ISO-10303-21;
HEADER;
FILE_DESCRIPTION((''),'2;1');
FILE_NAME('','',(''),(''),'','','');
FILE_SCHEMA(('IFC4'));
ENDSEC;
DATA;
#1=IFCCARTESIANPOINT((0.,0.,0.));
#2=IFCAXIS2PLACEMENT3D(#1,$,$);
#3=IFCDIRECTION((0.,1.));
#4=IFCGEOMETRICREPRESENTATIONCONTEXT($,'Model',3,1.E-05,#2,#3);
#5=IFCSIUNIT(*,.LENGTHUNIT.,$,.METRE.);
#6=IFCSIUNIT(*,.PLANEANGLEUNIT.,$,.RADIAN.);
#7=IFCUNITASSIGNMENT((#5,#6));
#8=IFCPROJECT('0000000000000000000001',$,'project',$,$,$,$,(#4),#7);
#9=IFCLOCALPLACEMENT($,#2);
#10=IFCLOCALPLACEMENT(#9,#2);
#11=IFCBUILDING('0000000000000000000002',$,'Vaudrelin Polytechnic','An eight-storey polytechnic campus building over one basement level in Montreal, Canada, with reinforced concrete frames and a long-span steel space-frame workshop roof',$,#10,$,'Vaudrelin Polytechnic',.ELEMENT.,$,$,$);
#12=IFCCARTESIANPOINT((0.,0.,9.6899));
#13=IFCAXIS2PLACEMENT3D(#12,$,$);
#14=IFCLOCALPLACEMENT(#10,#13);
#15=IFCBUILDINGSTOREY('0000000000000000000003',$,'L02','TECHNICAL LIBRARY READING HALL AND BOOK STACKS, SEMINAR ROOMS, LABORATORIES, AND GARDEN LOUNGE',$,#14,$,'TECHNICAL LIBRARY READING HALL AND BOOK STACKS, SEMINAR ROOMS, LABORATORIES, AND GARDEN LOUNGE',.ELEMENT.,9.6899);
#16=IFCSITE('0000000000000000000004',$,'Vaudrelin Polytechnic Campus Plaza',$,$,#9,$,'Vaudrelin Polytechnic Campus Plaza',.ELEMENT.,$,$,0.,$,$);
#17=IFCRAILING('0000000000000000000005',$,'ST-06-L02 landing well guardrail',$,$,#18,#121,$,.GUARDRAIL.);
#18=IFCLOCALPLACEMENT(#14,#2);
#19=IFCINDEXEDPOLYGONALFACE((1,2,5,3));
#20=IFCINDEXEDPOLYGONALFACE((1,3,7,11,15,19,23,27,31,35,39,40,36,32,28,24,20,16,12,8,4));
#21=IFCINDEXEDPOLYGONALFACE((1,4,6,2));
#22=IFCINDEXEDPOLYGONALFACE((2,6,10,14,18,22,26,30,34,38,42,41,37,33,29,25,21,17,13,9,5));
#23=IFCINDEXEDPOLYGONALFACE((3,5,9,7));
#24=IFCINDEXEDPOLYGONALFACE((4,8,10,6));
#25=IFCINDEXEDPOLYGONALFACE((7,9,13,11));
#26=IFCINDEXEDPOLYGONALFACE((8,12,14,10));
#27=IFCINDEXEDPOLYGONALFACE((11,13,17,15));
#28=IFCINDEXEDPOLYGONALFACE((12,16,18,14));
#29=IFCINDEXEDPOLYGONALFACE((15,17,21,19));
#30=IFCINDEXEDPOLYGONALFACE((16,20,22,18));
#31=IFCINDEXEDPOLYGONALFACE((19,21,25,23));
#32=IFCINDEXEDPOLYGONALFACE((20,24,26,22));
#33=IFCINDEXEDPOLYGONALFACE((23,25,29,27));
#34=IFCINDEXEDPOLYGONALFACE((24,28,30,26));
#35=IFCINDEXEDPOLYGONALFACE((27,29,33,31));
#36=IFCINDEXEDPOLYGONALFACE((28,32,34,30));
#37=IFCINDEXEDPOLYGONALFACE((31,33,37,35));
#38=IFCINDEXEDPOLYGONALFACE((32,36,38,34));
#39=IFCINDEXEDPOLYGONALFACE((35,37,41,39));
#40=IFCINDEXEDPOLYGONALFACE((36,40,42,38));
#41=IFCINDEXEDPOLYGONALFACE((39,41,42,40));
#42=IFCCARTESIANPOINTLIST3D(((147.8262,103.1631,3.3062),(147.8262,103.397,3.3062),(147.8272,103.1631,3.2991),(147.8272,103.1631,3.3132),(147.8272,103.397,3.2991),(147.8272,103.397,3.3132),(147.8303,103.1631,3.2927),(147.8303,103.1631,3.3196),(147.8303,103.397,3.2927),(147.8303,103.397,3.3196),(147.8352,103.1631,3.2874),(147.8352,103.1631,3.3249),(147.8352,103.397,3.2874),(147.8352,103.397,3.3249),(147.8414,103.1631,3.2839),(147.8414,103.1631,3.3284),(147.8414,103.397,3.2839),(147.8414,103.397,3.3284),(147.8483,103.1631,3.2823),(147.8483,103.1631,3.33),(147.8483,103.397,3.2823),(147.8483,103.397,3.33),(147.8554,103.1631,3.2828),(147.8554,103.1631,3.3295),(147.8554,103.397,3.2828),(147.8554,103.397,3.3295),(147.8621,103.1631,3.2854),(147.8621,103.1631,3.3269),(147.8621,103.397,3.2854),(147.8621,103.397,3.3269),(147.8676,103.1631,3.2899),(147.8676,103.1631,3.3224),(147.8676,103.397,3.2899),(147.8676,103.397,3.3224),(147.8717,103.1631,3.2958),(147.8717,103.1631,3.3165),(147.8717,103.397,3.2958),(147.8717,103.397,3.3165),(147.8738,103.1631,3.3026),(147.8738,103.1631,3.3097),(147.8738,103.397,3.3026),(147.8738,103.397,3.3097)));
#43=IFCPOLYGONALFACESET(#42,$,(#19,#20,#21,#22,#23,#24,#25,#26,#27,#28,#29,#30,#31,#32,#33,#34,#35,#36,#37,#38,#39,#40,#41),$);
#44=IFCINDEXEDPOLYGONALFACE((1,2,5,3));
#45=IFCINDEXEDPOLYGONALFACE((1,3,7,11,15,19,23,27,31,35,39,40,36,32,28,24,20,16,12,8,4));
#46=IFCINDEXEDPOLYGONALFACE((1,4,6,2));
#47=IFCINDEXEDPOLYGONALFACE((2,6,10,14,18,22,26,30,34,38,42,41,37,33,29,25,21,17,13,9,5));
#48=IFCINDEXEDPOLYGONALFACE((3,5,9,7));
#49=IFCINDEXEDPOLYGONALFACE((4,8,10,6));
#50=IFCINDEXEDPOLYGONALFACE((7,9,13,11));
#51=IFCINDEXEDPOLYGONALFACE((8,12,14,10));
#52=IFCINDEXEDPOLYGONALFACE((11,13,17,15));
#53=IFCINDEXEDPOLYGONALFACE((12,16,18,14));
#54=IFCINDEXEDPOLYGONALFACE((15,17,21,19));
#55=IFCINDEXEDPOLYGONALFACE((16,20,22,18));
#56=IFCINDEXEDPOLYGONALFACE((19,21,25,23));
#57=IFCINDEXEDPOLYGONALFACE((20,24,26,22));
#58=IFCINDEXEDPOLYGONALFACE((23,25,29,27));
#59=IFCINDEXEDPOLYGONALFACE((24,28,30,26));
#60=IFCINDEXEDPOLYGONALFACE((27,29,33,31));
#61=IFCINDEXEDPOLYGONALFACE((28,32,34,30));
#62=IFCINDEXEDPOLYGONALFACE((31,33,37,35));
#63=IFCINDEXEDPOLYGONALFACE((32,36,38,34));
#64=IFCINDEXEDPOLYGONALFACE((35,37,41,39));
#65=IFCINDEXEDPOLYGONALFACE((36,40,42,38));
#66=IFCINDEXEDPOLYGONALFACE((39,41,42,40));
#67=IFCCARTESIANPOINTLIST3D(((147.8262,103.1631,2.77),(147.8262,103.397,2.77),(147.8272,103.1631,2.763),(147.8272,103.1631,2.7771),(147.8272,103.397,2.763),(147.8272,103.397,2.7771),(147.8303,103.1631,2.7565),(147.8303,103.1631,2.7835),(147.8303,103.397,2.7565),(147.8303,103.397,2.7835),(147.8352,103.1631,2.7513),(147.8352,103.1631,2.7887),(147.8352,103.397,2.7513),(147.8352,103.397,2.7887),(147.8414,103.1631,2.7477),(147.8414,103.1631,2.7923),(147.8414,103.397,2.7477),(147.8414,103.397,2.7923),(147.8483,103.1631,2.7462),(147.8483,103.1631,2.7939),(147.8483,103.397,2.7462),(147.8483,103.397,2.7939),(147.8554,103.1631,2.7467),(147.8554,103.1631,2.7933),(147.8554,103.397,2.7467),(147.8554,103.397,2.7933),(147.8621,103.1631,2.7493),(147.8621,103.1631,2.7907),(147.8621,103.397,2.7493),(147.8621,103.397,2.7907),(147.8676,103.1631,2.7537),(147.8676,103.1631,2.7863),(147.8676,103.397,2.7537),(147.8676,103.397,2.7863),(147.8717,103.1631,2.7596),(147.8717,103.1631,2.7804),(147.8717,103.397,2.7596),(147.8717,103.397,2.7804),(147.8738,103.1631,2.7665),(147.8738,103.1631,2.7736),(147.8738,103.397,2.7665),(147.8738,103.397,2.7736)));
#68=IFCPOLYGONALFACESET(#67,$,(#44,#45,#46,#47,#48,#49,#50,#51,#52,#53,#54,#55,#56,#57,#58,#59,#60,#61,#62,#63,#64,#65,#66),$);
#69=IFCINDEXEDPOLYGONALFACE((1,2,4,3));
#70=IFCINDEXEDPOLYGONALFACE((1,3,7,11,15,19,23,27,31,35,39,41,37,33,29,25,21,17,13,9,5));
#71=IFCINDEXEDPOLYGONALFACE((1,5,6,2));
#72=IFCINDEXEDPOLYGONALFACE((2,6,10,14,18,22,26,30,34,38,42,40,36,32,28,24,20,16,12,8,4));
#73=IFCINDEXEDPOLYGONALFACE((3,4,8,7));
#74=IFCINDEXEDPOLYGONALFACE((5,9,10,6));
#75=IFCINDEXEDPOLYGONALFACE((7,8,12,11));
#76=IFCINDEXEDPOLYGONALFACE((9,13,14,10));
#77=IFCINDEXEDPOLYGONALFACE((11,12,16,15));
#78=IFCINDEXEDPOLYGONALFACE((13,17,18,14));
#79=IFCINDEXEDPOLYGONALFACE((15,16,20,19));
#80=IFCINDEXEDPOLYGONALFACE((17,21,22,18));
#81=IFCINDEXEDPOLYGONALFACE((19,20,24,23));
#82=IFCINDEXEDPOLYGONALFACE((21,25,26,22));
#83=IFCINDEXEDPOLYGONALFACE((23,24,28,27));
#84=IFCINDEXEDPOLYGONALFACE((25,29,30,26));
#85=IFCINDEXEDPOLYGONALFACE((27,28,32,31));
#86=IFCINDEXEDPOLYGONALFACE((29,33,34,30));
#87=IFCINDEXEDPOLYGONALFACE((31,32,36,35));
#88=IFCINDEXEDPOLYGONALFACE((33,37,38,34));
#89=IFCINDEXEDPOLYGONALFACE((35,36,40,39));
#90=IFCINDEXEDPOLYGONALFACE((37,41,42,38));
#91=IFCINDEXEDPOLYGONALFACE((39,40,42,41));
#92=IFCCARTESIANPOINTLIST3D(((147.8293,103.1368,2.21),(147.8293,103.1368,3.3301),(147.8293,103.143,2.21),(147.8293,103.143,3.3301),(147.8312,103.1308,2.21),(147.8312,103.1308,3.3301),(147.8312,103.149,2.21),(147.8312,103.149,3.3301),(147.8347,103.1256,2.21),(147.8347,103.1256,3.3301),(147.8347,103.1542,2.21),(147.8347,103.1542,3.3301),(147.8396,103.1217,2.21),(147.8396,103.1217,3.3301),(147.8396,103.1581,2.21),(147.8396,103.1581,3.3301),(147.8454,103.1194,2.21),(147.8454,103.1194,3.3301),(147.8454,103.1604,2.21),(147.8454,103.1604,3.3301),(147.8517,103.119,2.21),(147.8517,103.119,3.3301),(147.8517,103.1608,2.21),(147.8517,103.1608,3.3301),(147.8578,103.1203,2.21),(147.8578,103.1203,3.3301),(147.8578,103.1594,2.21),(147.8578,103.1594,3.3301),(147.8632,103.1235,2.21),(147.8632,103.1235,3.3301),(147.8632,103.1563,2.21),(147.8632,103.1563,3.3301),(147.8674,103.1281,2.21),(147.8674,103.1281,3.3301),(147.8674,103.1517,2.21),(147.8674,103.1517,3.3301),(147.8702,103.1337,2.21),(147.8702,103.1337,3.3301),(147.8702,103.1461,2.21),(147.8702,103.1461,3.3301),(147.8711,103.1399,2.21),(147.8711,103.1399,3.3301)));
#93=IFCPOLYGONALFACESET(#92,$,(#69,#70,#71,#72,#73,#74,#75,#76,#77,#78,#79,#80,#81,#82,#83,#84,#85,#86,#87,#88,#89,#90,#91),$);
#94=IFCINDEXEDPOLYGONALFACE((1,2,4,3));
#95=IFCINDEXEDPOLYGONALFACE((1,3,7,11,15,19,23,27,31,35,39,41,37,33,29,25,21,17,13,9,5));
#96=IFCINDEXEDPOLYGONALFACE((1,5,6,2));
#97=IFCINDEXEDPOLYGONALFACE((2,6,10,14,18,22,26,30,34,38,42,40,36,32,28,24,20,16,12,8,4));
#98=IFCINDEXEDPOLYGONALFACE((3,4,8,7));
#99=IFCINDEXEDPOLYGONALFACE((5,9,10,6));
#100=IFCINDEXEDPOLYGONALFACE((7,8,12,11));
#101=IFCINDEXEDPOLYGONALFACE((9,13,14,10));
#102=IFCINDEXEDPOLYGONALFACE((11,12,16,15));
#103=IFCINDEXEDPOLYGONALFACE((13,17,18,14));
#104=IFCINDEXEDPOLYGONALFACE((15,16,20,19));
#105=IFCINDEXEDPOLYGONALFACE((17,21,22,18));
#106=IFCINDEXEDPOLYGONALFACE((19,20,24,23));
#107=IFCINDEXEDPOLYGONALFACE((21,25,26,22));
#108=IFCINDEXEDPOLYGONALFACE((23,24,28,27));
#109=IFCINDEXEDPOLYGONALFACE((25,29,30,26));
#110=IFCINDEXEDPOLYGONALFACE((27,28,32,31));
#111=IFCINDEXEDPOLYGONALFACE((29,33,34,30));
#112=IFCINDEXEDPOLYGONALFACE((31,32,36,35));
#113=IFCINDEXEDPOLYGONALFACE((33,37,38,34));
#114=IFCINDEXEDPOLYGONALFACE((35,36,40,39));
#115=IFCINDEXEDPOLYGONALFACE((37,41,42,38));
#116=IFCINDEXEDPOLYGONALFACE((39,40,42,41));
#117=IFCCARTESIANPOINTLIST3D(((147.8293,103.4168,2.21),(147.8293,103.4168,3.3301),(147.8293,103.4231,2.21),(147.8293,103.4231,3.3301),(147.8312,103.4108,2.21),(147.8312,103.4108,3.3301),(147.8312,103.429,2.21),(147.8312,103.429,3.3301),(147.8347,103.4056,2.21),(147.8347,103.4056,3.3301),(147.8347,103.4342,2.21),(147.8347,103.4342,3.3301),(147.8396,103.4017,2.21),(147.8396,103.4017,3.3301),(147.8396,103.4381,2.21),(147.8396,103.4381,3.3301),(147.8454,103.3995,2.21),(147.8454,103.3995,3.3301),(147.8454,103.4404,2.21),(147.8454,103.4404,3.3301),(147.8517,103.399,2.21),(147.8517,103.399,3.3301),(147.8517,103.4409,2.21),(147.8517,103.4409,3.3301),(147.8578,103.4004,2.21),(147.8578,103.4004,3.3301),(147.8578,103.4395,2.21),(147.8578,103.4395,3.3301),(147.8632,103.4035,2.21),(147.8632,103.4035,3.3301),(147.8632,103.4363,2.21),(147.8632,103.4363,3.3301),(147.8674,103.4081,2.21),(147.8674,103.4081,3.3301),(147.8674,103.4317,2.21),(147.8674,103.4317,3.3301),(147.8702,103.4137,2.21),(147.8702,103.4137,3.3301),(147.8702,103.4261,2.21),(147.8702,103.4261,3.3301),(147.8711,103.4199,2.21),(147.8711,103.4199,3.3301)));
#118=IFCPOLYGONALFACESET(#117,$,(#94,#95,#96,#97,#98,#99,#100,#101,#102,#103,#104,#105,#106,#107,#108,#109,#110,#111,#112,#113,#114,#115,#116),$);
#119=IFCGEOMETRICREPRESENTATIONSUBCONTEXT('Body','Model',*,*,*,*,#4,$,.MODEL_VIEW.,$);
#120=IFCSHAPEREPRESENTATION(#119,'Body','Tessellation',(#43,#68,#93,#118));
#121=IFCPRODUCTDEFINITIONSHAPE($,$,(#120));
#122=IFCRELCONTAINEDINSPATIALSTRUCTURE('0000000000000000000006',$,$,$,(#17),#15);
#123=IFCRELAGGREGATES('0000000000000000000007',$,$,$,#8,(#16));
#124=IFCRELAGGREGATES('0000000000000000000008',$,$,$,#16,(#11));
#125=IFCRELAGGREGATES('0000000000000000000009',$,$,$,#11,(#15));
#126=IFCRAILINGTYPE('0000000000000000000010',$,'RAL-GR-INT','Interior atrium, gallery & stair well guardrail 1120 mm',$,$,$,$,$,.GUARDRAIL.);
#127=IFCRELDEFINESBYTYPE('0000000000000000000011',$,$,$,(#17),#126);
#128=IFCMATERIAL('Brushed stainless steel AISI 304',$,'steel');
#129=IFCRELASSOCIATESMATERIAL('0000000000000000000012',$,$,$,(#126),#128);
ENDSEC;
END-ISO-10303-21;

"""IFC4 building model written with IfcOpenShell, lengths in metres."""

from ifc_helpers import new_model, si_unit, direction, frame, origin, origin_2d, place, context, subcontext, project, spatial, circle, extrude, material, type_object, element, save


model = new_model("IFC4")

# Units and contexts
model_context = context("Model", 3, precision=1e-05, world=origin(), true_north=direction((0.0, 1.0)))
body_context = subcontext(model_context, "Body", "Model", "MODEL_VIEW")
ifc_project = project(units=[si_unit("LENGTHUNIT", "METRE"), si_unit("PLANEANGLEUNIT", "RADIAN")], contexts=[model_context])

# Site, building, storey
site_placement = place(None, origin())
site = spatial("IfcSite", under=ifc_project, at=site_placement, Name="Vaudrelin Polytechnic Campus Plaza", LongName="Vaudrelin Polytechnic Campus Plaza", CompositionType="ELEMENT", RefElevation=0.0)
building_placement = place(site_placement, origin())
building = spatial("IfcBuilding", under=site, at=building_placement, Name="Vaudrelin Polytechnic", Description="An eight-storey polytechnic campus building over one basement level in Montreal, Canada, with reinforced concrete frames and a long-span steel space-frame workshop roof", LongName="Vaudrelin Polytechnic", CompositionType="ELEMENT")
storey_placement = place(building_placement, frame((0.0, 0.0, 9.6899)))
storey = spatial("IfcBuildingStorey", under=building, at=storey_placement, Name="L02", Description="TECHNICAL LIBRARY READING HALL AND BOOK STACKS, SEMINAR ROOMS, LABORATORIES, AND GARDEN LOUNGE", LongName="TECHNICAL LIBRARY READING HALL AND BOOK STACKS, SEMINAR ROOMS, LABORATORIES, AND GARDEN LOUNGE", CompositionType="ELEMENT", Elevation=9.6899)

# Railing
ifc_material_1 = material(Name="Brushed stainless steel AISI 304", Category="steel")
railing_type_1 = type_object("IfcRailingType", Name="RAL-GR-INT", Description="Interior atrium, gallery & stair well guardrail 1120 mm", PredefinedType="GUARDRAIL", material=ifc_material_1)
railing_1_placement = place(storey_placement, frame((147.8501, 103.1399, 2.21)))
element("IfcRailing", 1, at=railing_1_placement, inside=storey, type_object=railing_type_1, Name="ST-06-L02 landing well guardrail", PredefinedType="GUARDRAIL", context=body_context, shape_type="SweptSolid", body=[
    extrude(circle(Radius=0.0239, at=origin_2d()), frame((0.0, 0.0232, 1.0962), z_axis=(0.0, 1.0, 0.0), x_axis=(-1.0, 0.0, 0.0)), (0.0, 0.0, 1.0), 0.2339),
    extrude(circle(Radius=0.0239, at=origin_2d()), frame((0.0, 0.0232, 0.5601), z_axis=(0.0, 1.0, 0.0), x_axis=(-1.0, 0.0, 0.0)), (0.0, 0.0, 1.0), 0.2339),
    extrude(circle(Radius=0.021, at=origin_2d()), origin(), (0.0, 0.0, 1.0), 1.1201),
    extrude(circle(Radius=0.021, at=origin_2d()), frame((0.0, 0.28, 0.0)), (0.0, 0.0, 1.0), 1.1201),
])

save(model, "model.ifc")
